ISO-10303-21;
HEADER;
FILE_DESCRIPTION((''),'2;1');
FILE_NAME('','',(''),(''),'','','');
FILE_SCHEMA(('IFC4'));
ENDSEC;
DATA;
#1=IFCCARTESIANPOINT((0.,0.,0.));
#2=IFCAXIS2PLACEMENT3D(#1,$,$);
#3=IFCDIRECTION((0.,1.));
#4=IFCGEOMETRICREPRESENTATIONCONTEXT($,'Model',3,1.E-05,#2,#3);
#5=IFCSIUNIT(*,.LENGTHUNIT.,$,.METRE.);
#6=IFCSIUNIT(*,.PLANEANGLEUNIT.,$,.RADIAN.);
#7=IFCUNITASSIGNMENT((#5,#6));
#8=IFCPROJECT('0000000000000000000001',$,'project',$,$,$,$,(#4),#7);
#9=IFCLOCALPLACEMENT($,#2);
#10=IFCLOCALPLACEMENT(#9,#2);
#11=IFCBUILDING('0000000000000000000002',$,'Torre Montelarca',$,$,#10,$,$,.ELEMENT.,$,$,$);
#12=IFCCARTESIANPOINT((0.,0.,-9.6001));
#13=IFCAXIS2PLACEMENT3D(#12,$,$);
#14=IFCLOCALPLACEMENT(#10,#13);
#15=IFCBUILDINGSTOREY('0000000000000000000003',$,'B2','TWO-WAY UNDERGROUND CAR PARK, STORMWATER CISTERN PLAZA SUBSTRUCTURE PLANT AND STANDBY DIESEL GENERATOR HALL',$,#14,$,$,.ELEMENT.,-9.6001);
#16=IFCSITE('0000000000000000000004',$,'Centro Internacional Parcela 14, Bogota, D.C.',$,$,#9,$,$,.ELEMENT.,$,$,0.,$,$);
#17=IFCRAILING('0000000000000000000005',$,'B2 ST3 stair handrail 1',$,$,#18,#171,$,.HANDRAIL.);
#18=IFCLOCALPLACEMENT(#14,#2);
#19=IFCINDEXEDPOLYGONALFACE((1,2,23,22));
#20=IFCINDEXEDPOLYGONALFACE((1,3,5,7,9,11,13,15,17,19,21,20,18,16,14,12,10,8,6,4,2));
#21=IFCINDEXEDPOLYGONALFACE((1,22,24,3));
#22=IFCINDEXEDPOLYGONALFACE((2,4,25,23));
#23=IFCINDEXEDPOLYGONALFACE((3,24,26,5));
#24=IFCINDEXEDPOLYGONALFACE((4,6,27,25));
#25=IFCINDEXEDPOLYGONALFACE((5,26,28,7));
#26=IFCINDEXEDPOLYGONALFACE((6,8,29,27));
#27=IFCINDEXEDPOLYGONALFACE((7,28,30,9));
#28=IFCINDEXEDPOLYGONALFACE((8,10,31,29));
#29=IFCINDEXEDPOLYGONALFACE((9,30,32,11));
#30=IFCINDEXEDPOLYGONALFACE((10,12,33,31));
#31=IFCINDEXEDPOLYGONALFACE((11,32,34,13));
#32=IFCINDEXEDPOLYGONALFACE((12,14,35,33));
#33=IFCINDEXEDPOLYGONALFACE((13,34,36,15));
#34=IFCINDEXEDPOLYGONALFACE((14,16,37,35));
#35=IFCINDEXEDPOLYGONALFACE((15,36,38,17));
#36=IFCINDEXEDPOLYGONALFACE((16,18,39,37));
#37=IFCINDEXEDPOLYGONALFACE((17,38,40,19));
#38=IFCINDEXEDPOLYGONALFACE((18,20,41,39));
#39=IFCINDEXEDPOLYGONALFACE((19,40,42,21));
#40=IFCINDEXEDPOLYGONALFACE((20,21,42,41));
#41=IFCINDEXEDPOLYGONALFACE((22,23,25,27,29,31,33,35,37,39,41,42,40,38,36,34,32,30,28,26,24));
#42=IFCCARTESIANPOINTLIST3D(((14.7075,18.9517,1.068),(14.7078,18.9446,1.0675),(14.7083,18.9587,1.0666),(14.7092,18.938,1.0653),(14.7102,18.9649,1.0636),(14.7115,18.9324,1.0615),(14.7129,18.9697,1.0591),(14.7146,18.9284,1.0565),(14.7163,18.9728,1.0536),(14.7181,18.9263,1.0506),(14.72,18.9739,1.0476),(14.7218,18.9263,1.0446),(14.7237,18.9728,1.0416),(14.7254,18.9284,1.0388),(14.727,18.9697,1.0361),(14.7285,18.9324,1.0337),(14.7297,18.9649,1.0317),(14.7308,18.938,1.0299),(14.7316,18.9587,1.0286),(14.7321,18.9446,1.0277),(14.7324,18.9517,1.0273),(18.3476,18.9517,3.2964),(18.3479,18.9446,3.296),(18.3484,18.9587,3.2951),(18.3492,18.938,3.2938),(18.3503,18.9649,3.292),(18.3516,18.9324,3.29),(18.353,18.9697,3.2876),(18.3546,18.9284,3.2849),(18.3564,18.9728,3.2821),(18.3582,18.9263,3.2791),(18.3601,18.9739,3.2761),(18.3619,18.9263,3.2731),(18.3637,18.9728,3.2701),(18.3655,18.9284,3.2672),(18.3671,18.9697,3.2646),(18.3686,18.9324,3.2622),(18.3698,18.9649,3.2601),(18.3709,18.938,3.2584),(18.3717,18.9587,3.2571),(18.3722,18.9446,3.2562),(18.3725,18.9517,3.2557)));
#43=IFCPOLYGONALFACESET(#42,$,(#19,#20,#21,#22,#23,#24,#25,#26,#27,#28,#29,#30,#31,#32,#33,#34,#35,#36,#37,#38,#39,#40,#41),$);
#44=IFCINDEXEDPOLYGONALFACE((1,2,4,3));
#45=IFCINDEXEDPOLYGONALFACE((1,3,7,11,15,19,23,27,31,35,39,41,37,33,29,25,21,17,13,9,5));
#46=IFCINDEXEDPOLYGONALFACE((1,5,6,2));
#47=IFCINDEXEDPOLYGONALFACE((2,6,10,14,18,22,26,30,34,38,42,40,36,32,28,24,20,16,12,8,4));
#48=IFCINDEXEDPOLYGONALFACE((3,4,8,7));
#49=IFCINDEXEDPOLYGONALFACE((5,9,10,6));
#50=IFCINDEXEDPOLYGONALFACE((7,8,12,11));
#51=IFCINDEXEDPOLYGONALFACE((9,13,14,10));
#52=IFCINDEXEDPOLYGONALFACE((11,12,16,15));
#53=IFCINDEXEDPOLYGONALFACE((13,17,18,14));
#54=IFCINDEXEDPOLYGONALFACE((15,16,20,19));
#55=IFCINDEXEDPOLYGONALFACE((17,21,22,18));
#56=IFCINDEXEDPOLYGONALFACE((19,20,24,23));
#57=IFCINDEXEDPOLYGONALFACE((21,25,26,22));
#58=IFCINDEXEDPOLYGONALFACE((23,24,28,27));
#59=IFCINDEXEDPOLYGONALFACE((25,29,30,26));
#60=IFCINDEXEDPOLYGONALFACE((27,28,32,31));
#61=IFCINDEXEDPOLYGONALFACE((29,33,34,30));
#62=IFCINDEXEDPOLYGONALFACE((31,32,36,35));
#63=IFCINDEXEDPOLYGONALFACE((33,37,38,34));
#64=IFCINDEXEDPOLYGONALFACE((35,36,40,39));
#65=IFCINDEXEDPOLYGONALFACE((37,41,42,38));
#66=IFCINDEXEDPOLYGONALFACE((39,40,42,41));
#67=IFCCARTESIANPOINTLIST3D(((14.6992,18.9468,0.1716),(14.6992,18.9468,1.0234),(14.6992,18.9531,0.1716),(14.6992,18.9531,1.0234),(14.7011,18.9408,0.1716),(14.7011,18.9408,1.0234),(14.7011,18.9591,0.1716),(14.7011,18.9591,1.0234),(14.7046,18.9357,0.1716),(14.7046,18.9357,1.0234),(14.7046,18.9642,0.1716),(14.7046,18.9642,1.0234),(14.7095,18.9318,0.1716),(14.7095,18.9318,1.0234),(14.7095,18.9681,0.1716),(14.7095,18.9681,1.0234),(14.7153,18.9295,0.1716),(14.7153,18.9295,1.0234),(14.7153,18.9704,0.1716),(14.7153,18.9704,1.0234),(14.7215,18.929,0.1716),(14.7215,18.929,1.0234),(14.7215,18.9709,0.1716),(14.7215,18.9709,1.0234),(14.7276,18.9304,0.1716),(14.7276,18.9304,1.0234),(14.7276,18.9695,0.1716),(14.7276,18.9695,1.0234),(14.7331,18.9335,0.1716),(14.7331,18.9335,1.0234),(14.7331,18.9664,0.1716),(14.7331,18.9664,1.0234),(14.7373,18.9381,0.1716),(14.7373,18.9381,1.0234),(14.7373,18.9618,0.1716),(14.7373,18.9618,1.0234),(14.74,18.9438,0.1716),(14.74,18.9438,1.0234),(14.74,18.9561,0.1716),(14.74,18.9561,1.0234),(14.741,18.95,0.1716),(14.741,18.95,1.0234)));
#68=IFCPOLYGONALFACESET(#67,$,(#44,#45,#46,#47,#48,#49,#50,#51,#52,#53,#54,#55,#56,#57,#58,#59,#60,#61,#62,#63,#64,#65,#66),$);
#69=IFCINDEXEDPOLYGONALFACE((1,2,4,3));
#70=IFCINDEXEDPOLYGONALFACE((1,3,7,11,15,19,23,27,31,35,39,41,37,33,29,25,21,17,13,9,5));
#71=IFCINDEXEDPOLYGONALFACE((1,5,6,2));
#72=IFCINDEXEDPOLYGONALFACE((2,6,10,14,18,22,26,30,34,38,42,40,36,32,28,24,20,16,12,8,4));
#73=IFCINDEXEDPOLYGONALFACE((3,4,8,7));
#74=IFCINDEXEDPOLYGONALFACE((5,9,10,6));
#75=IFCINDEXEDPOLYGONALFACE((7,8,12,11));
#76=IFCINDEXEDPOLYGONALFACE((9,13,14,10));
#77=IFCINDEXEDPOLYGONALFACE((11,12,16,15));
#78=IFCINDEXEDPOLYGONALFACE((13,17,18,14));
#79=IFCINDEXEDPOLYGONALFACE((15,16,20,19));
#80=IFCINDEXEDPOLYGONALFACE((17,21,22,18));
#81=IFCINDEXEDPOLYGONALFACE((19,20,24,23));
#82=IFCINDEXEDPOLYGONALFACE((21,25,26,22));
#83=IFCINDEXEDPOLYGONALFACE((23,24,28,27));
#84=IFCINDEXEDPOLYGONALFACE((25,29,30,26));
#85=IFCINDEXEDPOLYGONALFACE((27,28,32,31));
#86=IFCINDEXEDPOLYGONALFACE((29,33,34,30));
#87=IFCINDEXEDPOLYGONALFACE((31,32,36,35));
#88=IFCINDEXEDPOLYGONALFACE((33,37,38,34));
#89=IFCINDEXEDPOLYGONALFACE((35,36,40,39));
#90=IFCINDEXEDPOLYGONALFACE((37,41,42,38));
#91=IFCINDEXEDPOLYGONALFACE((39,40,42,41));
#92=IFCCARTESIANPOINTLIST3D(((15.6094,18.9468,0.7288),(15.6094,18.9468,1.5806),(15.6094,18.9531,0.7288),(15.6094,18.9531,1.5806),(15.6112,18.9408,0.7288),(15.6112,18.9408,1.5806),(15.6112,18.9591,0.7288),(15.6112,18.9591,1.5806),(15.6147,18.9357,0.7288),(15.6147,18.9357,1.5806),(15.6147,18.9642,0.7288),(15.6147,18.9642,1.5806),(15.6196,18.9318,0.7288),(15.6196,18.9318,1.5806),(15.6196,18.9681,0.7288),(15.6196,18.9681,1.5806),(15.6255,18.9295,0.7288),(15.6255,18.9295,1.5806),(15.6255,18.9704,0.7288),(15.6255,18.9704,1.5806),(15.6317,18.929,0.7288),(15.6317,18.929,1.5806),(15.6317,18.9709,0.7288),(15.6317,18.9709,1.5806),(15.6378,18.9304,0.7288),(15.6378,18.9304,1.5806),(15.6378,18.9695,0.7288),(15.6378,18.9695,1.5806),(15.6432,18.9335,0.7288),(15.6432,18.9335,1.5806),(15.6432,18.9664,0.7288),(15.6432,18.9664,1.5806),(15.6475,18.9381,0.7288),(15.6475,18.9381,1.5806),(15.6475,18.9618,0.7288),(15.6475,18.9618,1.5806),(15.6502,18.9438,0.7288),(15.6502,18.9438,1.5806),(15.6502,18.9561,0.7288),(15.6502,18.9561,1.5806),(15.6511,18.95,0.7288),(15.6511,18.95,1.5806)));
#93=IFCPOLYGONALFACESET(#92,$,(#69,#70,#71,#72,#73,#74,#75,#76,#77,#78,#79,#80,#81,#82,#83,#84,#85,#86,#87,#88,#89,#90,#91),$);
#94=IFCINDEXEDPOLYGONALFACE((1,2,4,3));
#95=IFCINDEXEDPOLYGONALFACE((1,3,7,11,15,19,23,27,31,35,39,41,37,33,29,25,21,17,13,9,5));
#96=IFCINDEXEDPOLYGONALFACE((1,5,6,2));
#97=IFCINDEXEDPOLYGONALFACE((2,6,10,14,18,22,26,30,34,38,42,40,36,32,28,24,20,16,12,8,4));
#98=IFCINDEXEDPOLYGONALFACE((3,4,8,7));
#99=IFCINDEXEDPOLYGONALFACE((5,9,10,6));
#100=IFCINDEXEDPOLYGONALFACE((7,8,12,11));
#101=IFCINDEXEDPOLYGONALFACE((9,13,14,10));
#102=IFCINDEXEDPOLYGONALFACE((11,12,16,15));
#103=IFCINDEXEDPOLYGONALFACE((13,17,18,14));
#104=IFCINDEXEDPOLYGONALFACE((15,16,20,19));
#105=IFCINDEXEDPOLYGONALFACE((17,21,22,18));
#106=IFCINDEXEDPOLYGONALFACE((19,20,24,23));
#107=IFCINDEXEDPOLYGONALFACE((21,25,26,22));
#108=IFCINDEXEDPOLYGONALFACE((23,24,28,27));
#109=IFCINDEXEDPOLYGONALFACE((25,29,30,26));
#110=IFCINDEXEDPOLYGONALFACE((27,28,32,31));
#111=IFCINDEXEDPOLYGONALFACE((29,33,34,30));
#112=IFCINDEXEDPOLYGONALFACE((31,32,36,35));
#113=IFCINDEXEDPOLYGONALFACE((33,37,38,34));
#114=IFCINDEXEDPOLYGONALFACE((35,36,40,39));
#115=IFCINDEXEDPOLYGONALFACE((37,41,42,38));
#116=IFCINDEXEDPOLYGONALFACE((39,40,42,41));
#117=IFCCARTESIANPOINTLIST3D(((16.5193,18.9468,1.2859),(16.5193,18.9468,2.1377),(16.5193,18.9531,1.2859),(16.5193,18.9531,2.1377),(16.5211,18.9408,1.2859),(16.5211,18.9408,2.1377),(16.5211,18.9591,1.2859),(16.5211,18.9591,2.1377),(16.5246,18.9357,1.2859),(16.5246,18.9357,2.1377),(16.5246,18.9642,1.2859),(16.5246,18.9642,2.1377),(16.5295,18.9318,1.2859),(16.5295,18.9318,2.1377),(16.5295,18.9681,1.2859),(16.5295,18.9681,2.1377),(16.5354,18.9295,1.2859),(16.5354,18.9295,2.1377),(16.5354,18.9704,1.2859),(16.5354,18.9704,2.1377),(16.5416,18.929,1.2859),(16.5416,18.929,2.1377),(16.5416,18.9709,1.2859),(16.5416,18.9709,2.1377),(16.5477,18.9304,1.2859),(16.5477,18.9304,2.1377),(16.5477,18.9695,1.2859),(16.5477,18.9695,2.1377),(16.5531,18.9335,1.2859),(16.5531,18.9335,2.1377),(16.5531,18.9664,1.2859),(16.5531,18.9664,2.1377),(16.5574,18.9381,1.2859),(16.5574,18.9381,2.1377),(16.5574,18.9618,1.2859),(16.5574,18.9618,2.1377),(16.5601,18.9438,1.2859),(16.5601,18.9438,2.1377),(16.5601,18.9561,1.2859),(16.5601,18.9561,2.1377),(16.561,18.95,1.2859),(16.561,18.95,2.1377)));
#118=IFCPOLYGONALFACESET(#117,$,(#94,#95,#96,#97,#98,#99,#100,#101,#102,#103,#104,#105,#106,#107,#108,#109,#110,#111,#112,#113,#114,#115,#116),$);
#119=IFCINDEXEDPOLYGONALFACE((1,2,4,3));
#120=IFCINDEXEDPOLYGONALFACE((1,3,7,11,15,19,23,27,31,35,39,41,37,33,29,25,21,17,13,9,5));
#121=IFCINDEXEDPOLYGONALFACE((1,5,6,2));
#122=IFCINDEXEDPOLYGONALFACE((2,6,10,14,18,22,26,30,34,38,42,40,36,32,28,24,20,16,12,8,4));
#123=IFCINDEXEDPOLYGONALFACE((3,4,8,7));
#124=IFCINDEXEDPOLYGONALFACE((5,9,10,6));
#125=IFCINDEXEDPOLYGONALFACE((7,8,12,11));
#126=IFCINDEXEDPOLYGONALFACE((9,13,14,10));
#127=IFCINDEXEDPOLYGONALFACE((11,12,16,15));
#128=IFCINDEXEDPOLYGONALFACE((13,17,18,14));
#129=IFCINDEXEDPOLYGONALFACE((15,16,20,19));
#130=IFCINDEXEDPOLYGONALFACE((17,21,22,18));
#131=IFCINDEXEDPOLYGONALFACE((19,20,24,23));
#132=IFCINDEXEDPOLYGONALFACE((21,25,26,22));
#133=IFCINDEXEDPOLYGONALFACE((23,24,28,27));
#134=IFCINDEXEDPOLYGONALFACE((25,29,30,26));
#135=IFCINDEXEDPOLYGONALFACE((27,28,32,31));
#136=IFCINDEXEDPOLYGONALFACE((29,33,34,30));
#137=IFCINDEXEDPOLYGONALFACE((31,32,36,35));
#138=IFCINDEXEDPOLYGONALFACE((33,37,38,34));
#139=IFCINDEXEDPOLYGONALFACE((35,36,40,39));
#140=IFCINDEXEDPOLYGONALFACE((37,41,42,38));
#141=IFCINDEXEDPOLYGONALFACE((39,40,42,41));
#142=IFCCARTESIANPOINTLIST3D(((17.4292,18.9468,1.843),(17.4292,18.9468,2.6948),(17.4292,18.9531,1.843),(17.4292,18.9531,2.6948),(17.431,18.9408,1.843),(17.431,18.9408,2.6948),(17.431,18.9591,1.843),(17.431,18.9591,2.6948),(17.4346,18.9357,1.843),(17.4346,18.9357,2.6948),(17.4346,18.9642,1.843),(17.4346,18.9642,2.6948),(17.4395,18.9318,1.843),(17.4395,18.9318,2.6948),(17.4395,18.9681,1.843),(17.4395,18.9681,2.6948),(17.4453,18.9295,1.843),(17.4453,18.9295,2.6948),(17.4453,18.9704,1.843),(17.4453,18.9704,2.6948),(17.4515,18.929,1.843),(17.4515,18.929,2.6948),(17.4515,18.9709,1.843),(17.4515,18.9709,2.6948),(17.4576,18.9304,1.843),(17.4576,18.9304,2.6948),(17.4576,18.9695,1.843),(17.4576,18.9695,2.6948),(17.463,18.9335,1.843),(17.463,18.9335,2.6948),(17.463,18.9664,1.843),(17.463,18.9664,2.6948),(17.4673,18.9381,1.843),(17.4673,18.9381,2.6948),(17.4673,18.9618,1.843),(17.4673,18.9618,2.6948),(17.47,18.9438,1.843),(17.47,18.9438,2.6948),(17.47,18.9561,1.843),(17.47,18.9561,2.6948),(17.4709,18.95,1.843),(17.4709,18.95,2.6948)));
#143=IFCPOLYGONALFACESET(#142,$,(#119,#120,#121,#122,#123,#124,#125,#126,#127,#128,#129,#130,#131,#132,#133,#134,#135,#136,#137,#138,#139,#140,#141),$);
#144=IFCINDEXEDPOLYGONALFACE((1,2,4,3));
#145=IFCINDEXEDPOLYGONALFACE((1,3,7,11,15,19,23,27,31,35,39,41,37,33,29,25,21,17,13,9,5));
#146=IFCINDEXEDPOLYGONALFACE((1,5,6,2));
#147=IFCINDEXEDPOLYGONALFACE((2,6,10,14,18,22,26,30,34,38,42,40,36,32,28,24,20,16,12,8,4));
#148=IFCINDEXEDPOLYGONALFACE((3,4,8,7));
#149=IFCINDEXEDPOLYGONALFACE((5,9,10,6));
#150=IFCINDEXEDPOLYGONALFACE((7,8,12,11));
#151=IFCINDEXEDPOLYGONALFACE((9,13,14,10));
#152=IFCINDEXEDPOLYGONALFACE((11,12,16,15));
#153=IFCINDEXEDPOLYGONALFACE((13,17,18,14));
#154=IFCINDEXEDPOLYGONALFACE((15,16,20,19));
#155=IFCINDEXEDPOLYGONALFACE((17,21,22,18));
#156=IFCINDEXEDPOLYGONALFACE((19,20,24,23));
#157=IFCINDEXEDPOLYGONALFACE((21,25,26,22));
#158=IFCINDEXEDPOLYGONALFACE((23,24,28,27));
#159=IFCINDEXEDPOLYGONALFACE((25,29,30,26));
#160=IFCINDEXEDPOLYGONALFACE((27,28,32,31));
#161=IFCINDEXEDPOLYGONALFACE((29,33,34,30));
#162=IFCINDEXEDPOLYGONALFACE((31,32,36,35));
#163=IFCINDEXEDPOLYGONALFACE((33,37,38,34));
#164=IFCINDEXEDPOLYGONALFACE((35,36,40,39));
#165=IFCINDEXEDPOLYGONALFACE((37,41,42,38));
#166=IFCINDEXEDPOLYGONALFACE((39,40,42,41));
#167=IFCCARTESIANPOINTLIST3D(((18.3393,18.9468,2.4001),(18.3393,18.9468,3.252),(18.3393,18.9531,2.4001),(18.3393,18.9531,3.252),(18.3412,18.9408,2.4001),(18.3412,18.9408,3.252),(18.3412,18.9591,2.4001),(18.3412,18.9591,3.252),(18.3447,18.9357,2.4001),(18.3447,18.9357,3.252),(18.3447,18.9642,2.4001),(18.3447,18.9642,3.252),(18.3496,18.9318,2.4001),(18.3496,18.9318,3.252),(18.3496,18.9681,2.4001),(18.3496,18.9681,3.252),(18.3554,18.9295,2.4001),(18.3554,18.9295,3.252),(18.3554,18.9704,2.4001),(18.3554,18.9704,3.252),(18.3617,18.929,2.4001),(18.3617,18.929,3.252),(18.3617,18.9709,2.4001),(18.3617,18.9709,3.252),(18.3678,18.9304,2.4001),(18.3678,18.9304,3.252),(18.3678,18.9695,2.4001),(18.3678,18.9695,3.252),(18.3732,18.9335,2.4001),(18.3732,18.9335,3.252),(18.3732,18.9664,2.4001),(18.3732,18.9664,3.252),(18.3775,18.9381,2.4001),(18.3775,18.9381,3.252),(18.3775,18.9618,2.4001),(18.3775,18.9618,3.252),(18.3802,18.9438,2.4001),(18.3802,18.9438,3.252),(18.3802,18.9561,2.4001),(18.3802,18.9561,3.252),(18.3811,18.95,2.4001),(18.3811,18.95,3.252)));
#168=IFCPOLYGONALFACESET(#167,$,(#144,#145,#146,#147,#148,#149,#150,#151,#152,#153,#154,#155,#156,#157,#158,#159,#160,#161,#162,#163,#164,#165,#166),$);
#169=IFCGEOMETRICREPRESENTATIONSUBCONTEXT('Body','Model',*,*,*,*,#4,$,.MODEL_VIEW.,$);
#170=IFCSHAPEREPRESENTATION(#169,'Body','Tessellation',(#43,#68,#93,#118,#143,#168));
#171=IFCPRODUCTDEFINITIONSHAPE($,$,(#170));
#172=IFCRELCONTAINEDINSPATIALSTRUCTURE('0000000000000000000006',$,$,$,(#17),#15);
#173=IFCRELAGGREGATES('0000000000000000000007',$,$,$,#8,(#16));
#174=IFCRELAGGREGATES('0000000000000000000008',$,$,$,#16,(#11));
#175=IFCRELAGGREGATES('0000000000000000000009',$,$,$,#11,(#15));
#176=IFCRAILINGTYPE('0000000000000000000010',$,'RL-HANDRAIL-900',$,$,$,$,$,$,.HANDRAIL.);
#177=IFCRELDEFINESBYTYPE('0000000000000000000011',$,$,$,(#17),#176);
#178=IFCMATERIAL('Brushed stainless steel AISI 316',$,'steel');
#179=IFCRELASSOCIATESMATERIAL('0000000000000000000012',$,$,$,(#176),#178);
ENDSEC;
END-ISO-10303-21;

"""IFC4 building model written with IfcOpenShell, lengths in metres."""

from ifc_helpers import new_model, si_unit, direction, frame, origin, origin_2d, place, context, subcontext, project, spatial, circle, extrude, material, type_object, element, save


model = new_model("IFC4")

# Units and contexts
model_context = context("Model", 3, precision=1e-05, world=origin(), true_north=direction((0.0, 1.0)))
body_context = subcontext(model_context, "Body", "Model", "MODEL_VIEW")
ifc_project = project(units=[si_unit("LENGTHUNIT", "METRE"), si_unit("PLANEANGLEUNIT", "RADIAN")], contexts=[model_context])

# Site, building, storey
site_placement = place(None, origin())
site = spatial("IfcSite", under=ifc_project, at=site_placement, Name="Centro Internacional Parcela 14, Bogota, D.C.", CompositionType="ELEMENT", RefElevation=0.0)
building_placement = place(site_placement, origin())
building = spatial("IfcBuilding", under=site, at=building_placement, Name="Torre Montelarca", CompositionType="ELEMENT")
storey_placement = place(building_placement, frame((0.0, 0.0, -9.6001)))
storey = spatial("IfcBuildingStorey", under=building, at=storey_placement, Name="B2", Description="TWO-WAY UNDERGROUND CAR PARK, STORMWATER CISTERN PLAZA SUBSTRUCTURE PLANT AND STANDBY DIESEL GENERATOR HALL", CompositionType="ELEMENT", Elevation=-9.6001)

# Railing
ifc_material_1 = material(Name="Brushed stainless steel AISI 316", Category="steel")
railing_type_1 = type_object("IfcRailingType", Name="RL-HANDRAIL-900", PredefinedType="HANDRAIL", material=ifc_material_1)
railing_1_placement = place(storey_placement, frame((14.72, 18.95, 0.1716)))
element("IfcRailing", 1, at=railing_1_placement, inside=storey, type_object=railing_type_1, Name="B2 ST3 stair handrail 1", PredefinedType="HANDRAIL", context=body_context, shape_type="SweptSolid", body=[
    extrude(circle(Radius=0.0239, at=origin_2d()), frame((0.0, 0.0, 0.876), z_axis=(0.852866, 0.0, 0.52213), x_axis=(0.0, 1.0, 0.0)), (0.0, 0.0, 1.0), 4.2681),
    extrude(circle(Radius=0.021, at=origin_2d()), origin(), (0.0, 0.0, 1.0), 0.8518),
    extrude(circle(Radius=0.021, at=origin_2d()), frame((0.9102, 0.0, 0.5571)), (0.0, 0.0, 1.0), 0.8518),
    extrude(circle(Radius=0.021, at=origin_2d()), frame((1.8201, 0.0, 1.1143)), (0.0, 0.0, 1.0), 0.8518),
    extrude(circle(Radius=0.021, at=origin_2d()), frame((2.73, 0.0, 1.6714)), (0.0, 0.0, 1.0), 0.8518),
    extrude(circle(Radius=0.021, at=origin_2d()), frame((3.6401, 0.0, 2.2285)), (0.0, 0.0, 1.0), 0.8518),
])

save(model, "model.ifc")
